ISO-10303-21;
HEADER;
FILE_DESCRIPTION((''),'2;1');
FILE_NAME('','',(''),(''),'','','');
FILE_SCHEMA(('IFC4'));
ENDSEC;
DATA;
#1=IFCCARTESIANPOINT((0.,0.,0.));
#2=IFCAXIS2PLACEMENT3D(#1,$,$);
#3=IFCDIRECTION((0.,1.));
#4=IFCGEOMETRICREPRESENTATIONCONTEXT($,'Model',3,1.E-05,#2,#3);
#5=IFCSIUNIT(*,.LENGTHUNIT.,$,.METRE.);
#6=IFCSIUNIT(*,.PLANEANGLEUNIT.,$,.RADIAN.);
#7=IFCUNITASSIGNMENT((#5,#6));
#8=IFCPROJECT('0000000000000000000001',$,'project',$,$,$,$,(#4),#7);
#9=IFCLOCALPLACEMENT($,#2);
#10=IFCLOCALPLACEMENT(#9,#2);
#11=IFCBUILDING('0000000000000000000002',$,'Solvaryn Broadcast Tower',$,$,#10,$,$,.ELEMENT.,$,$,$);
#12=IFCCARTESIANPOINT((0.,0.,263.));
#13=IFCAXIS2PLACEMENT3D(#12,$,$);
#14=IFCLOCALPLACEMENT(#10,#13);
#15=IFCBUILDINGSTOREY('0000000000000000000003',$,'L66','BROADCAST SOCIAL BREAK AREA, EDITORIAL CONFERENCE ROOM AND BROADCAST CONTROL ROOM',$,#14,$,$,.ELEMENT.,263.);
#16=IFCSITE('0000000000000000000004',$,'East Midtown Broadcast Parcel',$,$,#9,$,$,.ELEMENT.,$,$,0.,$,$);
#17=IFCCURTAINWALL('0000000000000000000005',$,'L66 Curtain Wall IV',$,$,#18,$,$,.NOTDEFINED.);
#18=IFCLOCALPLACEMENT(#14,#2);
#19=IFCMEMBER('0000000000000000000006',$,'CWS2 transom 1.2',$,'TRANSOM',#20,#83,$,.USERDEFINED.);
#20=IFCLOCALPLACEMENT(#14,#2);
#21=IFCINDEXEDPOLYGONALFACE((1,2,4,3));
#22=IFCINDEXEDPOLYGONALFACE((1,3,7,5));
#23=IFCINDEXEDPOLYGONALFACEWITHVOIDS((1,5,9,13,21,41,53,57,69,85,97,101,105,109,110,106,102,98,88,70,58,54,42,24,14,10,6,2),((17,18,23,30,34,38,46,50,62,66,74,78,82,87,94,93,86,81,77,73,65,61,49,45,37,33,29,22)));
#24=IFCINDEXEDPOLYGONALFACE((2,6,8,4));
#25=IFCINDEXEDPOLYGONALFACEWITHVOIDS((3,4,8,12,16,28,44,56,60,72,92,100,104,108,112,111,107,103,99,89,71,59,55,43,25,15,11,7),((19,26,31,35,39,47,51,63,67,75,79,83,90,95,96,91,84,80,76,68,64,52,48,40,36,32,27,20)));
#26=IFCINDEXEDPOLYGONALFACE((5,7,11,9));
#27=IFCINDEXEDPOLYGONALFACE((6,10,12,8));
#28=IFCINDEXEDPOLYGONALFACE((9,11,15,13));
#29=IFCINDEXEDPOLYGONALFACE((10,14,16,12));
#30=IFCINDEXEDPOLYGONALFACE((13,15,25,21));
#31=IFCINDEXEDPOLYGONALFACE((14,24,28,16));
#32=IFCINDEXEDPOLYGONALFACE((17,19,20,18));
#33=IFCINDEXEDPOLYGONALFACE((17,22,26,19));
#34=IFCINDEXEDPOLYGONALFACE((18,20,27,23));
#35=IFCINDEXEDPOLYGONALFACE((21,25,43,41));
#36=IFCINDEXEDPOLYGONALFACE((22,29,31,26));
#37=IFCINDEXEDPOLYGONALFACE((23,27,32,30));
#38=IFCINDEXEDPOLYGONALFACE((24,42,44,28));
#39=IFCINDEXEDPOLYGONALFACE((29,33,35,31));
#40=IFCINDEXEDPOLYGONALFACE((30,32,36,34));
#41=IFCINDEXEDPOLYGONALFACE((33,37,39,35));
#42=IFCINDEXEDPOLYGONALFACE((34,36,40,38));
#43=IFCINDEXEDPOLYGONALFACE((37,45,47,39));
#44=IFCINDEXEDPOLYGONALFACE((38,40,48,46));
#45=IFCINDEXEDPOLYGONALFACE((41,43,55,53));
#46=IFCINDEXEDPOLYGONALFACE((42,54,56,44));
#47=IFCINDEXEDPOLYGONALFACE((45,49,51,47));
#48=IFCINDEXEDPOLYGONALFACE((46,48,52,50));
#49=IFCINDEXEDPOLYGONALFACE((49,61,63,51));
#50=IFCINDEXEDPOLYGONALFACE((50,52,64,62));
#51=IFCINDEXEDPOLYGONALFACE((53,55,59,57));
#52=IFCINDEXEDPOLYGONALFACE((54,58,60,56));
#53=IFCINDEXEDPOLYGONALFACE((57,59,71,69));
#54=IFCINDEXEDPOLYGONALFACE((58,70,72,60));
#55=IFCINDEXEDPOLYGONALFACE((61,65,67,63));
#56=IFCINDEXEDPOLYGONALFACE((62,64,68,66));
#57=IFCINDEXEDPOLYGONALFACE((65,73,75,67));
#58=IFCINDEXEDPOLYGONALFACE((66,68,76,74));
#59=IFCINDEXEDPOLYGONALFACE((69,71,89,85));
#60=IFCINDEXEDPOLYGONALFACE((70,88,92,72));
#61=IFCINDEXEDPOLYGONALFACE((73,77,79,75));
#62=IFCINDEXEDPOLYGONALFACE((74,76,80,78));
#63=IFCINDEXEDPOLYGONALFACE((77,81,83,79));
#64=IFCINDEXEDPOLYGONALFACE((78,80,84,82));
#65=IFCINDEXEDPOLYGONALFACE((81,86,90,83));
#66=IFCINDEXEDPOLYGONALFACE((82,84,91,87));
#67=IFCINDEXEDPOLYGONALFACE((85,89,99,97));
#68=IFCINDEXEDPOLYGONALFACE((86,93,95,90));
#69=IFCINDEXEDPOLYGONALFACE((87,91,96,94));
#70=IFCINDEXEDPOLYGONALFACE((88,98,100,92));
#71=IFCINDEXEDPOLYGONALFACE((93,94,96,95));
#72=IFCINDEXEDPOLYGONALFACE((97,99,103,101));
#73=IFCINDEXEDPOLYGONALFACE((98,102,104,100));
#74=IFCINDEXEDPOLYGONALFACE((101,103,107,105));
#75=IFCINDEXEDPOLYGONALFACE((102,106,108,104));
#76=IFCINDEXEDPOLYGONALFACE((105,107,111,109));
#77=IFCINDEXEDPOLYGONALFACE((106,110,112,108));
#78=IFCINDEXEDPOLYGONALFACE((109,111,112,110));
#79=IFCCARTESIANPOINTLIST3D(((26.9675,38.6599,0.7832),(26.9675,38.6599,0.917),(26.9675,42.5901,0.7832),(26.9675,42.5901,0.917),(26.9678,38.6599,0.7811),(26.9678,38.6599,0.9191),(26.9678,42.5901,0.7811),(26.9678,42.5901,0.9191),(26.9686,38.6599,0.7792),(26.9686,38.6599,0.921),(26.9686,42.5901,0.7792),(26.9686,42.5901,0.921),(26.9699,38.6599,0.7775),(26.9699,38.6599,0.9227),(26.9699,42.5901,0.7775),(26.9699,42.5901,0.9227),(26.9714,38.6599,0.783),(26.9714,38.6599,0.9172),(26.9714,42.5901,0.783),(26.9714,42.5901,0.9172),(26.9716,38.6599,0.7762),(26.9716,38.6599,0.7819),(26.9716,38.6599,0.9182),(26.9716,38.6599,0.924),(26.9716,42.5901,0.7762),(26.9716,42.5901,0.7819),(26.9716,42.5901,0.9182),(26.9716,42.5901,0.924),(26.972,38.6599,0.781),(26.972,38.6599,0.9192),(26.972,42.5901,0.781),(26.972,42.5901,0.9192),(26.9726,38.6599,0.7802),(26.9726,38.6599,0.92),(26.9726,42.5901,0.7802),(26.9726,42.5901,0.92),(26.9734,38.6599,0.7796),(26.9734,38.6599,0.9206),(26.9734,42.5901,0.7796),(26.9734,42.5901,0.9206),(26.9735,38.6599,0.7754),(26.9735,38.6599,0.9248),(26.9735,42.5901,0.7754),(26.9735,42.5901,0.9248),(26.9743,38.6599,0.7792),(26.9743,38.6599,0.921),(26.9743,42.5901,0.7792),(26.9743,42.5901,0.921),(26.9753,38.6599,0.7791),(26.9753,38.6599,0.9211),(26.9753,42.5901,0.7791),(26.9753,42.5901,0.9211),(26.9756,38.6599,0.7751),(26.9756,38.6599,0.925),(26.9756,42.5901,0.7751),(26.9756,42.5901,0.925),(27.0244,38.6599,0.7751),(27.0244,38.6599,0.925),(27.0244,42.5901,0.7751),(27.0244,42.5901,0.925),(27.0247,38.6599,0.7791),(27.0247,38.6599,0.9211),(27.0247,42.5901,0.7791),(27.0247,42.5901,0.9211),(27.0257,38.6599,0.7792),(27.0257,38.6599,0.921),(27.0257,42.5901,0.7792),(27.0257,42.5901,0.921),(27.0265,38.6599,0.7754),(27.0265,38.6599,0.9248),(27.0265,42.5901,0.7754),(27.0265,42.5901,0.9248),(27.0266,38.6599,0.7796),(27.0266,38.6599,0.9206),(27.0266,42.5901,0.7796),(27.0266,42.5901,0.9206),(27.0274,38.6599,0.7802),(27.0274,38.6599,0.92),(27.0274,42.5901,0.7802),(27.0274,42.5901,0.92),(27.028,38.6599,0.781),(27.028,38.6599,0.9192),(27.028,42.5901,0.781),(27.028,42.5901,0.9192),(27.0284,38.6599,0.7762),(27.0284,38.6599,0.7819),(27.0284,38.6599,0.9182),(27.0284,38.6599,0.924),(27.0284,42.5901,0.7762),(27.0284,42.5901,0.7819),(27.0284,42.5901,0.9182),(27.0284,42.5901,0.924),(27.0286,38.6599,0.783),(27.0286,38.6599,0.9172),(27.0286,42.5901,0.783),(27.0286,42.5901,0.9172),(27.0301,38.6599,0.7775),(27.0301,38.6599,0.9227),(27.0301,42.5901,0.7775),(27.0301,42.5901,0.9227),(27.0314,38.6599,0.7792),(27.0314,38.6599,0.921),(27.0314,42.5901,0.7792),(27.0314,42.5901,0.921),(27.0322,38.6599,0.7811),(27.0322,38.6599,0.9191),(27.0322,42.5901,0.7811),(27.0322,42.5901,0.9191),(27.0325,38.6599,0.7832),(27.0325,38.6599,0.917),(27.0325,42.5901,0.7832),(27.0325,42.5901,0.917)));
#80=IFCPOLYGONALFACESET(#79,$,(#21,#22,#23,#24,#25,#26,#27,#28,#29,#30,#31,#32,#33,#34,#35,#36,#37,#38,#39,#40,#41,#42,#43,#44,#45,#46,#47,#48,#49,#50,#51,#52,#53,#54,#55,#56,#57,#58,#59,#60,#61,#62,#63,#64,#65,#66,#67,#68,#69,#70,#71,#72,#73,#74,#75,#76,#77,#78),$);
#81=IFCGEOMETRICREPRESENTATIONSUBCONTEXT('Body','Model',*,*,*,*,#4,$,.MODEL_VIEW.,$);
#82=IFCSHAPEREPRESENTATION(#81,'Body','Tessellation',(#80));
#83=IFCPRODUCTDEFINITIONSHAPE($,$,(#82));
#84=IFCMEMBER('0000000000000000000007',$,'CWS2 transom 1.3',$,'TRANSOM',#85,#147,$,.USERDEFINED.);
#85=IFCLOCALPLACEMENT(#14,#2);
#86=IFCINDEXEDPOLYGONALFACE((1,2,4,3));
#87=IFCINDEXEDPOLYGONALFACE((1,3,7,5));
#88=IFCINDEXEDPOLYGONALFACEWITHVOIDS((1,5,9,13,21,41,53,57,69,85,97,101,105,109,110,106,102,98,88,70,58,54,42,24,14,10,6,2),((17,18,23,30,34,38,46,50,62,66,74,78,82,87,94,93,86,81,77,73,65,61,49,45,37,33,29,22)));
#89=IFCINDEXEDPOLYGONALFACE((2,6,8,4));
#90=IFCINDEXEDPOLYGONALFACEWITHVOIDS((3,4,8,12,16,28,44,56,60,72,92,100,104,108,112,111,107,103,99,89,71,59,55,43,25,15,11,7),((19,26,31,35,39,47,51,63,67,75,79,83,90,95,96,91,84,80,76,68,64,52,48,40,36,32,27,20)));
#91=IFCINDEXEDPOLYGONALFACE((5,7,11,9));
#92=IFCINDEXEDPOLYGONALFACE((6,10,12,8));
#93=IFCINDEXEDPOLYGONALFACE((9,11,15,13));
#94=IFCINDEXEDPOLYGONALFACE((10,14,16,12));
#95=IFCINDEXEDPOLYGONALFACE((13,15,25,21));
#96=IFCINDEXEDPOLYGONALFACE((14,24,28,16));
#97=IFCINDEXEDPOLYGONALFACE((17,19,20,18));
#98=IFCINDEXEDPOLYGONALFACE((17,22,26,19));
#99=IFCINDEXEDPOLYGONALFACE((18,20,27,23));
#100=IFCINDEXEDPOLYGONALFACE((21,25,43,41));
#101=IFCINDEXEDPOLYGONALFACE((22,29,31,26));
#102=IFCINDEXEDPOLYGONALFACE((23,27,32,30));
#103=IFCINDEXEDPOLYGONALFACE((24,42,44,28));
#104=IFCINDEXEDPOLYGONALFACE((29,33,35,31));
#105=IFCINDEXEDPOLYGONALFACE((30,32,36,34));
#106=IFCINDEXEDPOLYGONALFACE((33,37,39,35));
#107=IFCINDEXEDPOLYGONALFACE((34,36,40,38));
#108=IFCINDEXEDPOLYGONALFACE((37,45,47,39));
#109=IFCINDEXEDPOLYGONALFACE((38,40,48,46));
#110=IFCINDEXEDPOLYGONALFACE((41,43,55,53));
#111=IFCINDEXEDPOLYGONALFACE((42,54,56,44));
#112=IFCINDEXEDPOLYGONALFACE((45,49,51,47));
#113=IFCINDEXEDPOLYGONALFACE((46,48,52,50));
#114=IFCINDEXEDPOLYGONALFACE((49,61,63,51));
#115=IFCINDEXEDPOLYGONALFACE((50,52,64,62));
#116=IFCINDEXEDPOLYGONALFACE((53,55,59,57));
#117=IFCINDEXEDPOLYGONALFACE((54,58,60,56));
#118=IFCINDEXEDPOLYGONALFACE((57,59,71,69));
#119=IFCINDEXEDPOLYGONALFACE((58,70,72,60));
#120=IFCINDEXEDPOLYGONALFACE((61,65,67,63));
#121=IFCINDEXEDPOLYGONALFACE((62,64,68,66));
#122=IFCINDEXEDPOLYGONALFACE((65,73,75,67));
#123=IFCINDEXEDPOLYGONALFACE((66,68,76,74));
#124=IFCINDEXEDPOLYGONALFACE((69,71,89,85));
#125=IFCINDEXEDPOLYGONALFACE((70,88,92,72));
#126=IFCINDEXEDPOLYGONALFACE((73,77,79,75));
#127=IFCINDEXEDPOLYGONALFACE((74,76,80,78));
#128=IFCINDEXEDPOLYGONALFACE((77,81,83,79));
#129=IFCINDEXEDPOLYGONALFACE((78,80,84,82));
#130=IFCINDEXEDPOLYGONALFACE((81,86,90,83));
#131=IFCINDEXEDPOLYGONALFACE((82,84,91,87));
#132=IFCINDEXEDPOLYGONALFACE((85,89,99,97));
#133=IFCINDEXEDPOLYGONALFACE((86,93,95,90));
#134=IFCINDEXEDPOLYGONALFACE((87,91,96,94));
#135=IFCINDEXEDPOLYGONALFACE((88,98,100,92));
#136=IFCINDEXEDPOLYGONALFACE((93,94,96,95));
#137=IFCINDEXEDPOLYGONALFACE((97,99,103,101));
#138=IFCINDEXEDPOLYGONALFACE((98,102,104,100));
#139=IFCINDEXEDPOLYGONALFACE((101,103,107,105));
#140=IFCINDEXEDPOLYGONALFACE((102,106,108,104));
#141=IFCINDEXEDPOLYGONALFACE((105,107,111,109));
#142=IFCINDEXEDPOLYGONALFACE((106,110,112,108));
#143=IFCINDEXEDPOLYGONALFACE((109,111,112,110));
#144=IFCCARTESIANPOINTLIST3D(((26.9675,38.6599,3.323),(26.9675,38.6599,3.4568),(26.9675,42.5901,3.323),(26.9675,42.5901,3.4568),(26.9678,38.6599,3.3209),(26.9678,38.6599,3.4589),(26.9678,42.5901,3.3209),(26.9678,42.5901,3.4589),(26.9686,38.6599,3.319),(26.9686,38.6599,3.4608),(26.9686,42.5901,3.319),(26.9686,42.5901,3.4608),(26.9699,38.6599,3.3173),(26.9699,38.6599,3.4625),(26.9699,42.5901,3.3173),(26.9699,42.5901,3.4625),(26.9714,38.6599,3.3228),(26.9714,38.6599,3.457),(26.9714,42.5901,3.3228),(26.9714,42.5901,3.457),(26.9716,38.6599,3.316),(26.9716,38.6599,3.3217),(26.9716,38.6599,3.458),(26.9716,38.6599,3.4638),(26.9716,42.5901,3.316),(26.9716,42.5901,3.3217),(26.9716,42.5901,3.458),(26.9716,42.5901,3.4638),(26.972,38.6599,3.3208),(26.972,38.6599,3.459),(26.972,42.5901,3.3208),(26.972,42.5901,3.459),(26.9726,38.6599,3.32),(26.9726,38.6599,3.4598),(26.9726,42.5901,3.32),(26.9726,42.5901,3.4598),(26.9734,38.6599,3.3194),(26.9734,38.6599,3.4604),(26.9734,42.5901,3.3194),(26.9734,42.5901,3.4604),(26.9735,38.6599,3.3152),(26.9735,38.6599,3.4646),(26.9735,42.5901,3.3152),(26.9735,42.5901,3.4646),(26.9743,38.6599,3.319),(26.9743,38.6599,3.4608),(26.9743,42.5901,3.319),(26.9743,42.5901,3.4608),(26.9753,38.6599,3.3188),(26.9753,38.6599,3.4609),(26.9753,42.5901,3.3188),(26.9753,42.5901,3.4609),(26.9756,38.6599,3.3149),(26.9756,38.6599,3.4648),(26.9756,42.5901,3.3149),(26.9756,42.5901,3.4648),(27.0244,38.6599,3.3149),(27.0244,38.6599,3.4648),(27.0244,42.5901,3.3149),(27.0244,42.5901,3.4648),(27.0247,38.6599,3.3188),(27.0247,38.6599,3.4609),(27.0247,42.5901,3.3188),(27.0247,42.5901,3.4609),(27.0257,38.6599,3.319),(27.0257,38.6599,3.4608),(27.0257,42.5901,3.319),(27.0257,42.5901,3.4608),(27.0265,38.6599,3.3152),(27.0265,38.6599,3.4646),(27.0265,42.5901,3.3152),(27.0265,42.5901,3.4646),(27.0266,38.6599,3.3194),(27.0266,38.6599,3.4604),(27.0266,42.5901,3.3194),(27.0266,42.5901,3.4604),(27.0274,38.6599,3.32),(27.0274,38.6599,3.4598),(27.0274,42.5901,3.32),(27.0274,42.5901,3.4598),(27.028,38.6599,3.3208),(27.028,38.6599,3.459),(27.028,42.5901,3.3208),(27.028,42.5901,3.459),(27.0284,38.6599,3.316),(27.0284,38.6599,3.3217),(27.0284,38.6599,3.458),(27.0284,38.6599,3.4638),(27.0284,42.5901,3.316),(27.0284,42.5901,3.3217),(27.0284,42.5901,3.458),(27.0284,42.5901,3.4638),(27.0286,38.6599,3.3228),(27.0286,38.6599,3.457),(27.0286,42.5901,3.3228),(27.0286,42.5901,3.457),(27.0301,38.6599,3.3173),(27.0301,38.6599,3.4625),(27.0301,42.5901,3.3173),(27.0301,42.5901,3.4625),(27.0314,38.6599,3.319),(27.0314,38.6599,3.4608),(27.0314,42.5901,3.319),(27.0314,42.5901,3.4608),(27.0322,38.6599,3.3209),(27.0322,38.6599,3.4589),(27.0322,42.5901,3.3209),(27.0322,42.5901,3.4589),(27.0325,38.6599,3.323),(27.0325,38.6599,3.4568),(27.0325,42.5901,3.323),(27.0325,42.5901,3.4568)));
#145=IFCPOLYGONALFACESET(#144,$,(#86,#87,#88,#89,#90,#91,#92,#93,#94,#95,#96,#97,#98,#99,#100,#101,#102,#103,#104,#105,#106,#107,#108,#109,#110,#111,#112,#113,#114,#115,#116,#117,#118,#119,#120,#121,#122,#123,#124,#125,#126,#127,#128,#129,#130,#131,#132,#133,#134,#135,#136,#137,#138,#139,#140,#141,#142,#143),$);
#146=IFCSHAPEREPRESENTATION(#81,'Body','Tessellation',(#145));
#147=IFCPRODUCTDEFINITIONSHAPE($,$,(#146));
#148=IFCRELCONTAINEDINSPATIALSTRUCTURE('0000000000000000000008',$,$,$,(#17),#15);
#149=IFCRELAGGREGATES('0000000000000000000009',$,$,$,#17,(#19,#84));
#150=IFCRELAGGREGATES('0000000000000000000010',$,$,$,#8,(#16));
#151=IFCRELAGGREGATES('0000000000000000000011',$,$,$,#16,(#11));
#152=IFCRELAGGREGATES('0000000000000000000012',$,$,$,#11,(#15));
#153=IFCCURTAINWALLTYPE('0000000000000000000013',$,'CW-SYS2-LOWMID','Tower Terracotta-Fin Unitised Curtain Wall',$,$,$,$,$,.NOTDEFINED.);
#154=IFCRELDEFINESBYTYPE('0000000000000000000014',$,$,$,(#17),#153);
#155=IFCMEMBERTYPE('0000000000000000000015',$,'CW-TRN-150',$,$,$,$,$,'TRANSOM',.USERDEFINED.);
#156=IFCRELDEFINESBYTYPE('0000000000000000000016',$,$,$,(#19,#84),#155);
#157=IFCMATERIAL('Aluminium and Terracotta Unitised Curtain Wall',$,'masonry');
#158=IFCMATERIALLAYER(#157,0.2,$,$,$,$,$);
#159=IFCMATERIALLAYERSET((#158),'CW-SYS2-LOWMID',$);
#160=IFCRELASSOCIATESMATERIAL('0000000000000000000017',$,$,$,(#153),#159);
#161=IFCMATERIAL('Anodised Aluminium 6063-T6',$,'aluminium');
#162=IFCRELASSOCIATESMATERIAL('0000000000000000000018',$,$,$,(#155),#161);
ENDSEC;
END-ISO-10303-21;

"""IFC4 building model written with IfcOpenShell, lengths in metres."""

from ifc_helpers import new_model, si_unit, direction, frame, origin, origin_2d, place, context, subcontext, project, spatial, hollow_rectangle, extrude, material, layer, layer_set, material_profile, profile_set, type_object, element, aggregate, save


model = new_model("IFC4")

# Units and contexts
model_context = context("Model", 3, precision=1e-05, world=origin(), true_north=direction((0.0, 1.0)))
body_context = subcontext(model_context, "Body", "Model", "MODEL_VIEW")
ifc_project = project(units=[si_unit("LENGTHUNIT", "METRE"), si_unit("PLANEANGLEUNIT", "RADIAN")], contexts=[model_context])

# Site, building, storey
site_placement = place(None, origin())
site = spatial("IfcSite", under=ifc_project, at=site_placement, Name="East Midtown Broadcast Parcel", CompositionType="ELEMENT", RefElevation=0.0)
building_placement = place(site_placement, origin())
building = spatial("IfcBuilding", under=site, at=building_placement, Name="Solvaryn Broadcast Tower", CompositionType="ELEMENT")
storey_placement = place(building_placement, frame((0.0, 0.0, 263.0)))
storey = spatial("IfcBuildingStorey", under=building, at=storey_placement, Name="L66", Description="BROADCAST SOCIAL BREAK AREA, EDITORIAL CONFERENCE ROOM AND BROADCAST CONTROL ROOM", CompositionType="ELEMENT", Elevation=263.0)

# Curtain wall
ifc_material_1 = material(Name="Aluminium and Terracotta Unitised Curtain Wall", Category="masonry")
ifc_layer_1 = layer(ifc_material_1, 0.2)
ifc_layer_set_1 = layer_set([ifc_layer_1], Name="CW-SYS2-LOWMID")
curtain_wall_type = type_object("IfcCurtainWallType", Name="CW-SYS2-LOWMID", Description="Tower Terracotta-Fin Unitised Curtain Wall", PredefinedType="NOTDEFINED", material=ifc_layer_set_1)
curtain_wall_1_placement = place(storey_placement, origin())
curtain_wall_1 = element("IfcCurtainWall", 1, at=curtain_wall_1_placement, inside=storey, type_object=curtain_wall_type, Name="L66 Curtain Wall IV", PredefinedType="NOTDEFINED")

# Members
ifc_material_2 = material(Name="Anodised Aluminium 6063-T6", Category="aluminium")
ifc_material_profile_1 = material_profile(ifc_material_2, hollow_rectangle(XDim=0.0649, YDim=0.1499, WallThickness=0.0039, InnerFilletRadius=0.0039, OuterFilletRadius=0.0081, at=origin_2d()))
ifc_profile_set_1 = profile_set([ifc_material_profile_1], Name="Anodised Aluminium 6063-T6")
member_type_1 = type_object("IfcMemberType", Name="CW-TRN-150", ElementType="TRANSOM", PredefinedType="USERDEFINED", material=ifc_profile_set_1)
member_1_placement = place(storey_placement, frame((27.0, 42.5901, 0.8501), z_axis=(0.0, -1.0, 0.0), x_axis=(1.0, 0.0, 0.0)))
member_1 = element("IfcMember", 2, at=member_1_placement, type_object=member_type_1, Name="CWS2 transom 1.2", ObjectType="TRANSOM", PredefinedType="USERDEFINED", context=body_context, shape_type="SweptSolid", body=[
    extrude(hollow_rectangle(XDim=0.0649, YDim=0.1499, WallThickness=0.0039, InnerFilletRadius=0.0039, OuterFilletRadius=0.0081, at=origin_2d()), origin(), (0.0, 0.0, 1.0), 3.9302),
])
member_2_placement = place(storey_placement, frame((27.0, 42.5901, 3.3899), z_axis=(0.0, -1.0, 0.0), x_axis=(1.0, 0.0, 0.0)))
member_2 = element("IfcMember", 3, at=member_2_placement, type_object=member_type_1, Name="CWS2 transom 1.3", ObjectType="TRANSOM", PredefinedType="USERDEFINED", context=body_context, shape_type="SweptSolid", body=[
    extrude(hollow_rectangle(XDim=0.0649, YDim=0.1499, WallThickness=0.0039, InnerFilletRadius=0.0039, OuterFilletRadius=0.0081, at=origin_2d()), origin(), (0.0, 0.0, 1.0), 3.9302),
])

aggregate(curtain_wall_1, [member_1, member_2])

save(model, "model.ifc")
